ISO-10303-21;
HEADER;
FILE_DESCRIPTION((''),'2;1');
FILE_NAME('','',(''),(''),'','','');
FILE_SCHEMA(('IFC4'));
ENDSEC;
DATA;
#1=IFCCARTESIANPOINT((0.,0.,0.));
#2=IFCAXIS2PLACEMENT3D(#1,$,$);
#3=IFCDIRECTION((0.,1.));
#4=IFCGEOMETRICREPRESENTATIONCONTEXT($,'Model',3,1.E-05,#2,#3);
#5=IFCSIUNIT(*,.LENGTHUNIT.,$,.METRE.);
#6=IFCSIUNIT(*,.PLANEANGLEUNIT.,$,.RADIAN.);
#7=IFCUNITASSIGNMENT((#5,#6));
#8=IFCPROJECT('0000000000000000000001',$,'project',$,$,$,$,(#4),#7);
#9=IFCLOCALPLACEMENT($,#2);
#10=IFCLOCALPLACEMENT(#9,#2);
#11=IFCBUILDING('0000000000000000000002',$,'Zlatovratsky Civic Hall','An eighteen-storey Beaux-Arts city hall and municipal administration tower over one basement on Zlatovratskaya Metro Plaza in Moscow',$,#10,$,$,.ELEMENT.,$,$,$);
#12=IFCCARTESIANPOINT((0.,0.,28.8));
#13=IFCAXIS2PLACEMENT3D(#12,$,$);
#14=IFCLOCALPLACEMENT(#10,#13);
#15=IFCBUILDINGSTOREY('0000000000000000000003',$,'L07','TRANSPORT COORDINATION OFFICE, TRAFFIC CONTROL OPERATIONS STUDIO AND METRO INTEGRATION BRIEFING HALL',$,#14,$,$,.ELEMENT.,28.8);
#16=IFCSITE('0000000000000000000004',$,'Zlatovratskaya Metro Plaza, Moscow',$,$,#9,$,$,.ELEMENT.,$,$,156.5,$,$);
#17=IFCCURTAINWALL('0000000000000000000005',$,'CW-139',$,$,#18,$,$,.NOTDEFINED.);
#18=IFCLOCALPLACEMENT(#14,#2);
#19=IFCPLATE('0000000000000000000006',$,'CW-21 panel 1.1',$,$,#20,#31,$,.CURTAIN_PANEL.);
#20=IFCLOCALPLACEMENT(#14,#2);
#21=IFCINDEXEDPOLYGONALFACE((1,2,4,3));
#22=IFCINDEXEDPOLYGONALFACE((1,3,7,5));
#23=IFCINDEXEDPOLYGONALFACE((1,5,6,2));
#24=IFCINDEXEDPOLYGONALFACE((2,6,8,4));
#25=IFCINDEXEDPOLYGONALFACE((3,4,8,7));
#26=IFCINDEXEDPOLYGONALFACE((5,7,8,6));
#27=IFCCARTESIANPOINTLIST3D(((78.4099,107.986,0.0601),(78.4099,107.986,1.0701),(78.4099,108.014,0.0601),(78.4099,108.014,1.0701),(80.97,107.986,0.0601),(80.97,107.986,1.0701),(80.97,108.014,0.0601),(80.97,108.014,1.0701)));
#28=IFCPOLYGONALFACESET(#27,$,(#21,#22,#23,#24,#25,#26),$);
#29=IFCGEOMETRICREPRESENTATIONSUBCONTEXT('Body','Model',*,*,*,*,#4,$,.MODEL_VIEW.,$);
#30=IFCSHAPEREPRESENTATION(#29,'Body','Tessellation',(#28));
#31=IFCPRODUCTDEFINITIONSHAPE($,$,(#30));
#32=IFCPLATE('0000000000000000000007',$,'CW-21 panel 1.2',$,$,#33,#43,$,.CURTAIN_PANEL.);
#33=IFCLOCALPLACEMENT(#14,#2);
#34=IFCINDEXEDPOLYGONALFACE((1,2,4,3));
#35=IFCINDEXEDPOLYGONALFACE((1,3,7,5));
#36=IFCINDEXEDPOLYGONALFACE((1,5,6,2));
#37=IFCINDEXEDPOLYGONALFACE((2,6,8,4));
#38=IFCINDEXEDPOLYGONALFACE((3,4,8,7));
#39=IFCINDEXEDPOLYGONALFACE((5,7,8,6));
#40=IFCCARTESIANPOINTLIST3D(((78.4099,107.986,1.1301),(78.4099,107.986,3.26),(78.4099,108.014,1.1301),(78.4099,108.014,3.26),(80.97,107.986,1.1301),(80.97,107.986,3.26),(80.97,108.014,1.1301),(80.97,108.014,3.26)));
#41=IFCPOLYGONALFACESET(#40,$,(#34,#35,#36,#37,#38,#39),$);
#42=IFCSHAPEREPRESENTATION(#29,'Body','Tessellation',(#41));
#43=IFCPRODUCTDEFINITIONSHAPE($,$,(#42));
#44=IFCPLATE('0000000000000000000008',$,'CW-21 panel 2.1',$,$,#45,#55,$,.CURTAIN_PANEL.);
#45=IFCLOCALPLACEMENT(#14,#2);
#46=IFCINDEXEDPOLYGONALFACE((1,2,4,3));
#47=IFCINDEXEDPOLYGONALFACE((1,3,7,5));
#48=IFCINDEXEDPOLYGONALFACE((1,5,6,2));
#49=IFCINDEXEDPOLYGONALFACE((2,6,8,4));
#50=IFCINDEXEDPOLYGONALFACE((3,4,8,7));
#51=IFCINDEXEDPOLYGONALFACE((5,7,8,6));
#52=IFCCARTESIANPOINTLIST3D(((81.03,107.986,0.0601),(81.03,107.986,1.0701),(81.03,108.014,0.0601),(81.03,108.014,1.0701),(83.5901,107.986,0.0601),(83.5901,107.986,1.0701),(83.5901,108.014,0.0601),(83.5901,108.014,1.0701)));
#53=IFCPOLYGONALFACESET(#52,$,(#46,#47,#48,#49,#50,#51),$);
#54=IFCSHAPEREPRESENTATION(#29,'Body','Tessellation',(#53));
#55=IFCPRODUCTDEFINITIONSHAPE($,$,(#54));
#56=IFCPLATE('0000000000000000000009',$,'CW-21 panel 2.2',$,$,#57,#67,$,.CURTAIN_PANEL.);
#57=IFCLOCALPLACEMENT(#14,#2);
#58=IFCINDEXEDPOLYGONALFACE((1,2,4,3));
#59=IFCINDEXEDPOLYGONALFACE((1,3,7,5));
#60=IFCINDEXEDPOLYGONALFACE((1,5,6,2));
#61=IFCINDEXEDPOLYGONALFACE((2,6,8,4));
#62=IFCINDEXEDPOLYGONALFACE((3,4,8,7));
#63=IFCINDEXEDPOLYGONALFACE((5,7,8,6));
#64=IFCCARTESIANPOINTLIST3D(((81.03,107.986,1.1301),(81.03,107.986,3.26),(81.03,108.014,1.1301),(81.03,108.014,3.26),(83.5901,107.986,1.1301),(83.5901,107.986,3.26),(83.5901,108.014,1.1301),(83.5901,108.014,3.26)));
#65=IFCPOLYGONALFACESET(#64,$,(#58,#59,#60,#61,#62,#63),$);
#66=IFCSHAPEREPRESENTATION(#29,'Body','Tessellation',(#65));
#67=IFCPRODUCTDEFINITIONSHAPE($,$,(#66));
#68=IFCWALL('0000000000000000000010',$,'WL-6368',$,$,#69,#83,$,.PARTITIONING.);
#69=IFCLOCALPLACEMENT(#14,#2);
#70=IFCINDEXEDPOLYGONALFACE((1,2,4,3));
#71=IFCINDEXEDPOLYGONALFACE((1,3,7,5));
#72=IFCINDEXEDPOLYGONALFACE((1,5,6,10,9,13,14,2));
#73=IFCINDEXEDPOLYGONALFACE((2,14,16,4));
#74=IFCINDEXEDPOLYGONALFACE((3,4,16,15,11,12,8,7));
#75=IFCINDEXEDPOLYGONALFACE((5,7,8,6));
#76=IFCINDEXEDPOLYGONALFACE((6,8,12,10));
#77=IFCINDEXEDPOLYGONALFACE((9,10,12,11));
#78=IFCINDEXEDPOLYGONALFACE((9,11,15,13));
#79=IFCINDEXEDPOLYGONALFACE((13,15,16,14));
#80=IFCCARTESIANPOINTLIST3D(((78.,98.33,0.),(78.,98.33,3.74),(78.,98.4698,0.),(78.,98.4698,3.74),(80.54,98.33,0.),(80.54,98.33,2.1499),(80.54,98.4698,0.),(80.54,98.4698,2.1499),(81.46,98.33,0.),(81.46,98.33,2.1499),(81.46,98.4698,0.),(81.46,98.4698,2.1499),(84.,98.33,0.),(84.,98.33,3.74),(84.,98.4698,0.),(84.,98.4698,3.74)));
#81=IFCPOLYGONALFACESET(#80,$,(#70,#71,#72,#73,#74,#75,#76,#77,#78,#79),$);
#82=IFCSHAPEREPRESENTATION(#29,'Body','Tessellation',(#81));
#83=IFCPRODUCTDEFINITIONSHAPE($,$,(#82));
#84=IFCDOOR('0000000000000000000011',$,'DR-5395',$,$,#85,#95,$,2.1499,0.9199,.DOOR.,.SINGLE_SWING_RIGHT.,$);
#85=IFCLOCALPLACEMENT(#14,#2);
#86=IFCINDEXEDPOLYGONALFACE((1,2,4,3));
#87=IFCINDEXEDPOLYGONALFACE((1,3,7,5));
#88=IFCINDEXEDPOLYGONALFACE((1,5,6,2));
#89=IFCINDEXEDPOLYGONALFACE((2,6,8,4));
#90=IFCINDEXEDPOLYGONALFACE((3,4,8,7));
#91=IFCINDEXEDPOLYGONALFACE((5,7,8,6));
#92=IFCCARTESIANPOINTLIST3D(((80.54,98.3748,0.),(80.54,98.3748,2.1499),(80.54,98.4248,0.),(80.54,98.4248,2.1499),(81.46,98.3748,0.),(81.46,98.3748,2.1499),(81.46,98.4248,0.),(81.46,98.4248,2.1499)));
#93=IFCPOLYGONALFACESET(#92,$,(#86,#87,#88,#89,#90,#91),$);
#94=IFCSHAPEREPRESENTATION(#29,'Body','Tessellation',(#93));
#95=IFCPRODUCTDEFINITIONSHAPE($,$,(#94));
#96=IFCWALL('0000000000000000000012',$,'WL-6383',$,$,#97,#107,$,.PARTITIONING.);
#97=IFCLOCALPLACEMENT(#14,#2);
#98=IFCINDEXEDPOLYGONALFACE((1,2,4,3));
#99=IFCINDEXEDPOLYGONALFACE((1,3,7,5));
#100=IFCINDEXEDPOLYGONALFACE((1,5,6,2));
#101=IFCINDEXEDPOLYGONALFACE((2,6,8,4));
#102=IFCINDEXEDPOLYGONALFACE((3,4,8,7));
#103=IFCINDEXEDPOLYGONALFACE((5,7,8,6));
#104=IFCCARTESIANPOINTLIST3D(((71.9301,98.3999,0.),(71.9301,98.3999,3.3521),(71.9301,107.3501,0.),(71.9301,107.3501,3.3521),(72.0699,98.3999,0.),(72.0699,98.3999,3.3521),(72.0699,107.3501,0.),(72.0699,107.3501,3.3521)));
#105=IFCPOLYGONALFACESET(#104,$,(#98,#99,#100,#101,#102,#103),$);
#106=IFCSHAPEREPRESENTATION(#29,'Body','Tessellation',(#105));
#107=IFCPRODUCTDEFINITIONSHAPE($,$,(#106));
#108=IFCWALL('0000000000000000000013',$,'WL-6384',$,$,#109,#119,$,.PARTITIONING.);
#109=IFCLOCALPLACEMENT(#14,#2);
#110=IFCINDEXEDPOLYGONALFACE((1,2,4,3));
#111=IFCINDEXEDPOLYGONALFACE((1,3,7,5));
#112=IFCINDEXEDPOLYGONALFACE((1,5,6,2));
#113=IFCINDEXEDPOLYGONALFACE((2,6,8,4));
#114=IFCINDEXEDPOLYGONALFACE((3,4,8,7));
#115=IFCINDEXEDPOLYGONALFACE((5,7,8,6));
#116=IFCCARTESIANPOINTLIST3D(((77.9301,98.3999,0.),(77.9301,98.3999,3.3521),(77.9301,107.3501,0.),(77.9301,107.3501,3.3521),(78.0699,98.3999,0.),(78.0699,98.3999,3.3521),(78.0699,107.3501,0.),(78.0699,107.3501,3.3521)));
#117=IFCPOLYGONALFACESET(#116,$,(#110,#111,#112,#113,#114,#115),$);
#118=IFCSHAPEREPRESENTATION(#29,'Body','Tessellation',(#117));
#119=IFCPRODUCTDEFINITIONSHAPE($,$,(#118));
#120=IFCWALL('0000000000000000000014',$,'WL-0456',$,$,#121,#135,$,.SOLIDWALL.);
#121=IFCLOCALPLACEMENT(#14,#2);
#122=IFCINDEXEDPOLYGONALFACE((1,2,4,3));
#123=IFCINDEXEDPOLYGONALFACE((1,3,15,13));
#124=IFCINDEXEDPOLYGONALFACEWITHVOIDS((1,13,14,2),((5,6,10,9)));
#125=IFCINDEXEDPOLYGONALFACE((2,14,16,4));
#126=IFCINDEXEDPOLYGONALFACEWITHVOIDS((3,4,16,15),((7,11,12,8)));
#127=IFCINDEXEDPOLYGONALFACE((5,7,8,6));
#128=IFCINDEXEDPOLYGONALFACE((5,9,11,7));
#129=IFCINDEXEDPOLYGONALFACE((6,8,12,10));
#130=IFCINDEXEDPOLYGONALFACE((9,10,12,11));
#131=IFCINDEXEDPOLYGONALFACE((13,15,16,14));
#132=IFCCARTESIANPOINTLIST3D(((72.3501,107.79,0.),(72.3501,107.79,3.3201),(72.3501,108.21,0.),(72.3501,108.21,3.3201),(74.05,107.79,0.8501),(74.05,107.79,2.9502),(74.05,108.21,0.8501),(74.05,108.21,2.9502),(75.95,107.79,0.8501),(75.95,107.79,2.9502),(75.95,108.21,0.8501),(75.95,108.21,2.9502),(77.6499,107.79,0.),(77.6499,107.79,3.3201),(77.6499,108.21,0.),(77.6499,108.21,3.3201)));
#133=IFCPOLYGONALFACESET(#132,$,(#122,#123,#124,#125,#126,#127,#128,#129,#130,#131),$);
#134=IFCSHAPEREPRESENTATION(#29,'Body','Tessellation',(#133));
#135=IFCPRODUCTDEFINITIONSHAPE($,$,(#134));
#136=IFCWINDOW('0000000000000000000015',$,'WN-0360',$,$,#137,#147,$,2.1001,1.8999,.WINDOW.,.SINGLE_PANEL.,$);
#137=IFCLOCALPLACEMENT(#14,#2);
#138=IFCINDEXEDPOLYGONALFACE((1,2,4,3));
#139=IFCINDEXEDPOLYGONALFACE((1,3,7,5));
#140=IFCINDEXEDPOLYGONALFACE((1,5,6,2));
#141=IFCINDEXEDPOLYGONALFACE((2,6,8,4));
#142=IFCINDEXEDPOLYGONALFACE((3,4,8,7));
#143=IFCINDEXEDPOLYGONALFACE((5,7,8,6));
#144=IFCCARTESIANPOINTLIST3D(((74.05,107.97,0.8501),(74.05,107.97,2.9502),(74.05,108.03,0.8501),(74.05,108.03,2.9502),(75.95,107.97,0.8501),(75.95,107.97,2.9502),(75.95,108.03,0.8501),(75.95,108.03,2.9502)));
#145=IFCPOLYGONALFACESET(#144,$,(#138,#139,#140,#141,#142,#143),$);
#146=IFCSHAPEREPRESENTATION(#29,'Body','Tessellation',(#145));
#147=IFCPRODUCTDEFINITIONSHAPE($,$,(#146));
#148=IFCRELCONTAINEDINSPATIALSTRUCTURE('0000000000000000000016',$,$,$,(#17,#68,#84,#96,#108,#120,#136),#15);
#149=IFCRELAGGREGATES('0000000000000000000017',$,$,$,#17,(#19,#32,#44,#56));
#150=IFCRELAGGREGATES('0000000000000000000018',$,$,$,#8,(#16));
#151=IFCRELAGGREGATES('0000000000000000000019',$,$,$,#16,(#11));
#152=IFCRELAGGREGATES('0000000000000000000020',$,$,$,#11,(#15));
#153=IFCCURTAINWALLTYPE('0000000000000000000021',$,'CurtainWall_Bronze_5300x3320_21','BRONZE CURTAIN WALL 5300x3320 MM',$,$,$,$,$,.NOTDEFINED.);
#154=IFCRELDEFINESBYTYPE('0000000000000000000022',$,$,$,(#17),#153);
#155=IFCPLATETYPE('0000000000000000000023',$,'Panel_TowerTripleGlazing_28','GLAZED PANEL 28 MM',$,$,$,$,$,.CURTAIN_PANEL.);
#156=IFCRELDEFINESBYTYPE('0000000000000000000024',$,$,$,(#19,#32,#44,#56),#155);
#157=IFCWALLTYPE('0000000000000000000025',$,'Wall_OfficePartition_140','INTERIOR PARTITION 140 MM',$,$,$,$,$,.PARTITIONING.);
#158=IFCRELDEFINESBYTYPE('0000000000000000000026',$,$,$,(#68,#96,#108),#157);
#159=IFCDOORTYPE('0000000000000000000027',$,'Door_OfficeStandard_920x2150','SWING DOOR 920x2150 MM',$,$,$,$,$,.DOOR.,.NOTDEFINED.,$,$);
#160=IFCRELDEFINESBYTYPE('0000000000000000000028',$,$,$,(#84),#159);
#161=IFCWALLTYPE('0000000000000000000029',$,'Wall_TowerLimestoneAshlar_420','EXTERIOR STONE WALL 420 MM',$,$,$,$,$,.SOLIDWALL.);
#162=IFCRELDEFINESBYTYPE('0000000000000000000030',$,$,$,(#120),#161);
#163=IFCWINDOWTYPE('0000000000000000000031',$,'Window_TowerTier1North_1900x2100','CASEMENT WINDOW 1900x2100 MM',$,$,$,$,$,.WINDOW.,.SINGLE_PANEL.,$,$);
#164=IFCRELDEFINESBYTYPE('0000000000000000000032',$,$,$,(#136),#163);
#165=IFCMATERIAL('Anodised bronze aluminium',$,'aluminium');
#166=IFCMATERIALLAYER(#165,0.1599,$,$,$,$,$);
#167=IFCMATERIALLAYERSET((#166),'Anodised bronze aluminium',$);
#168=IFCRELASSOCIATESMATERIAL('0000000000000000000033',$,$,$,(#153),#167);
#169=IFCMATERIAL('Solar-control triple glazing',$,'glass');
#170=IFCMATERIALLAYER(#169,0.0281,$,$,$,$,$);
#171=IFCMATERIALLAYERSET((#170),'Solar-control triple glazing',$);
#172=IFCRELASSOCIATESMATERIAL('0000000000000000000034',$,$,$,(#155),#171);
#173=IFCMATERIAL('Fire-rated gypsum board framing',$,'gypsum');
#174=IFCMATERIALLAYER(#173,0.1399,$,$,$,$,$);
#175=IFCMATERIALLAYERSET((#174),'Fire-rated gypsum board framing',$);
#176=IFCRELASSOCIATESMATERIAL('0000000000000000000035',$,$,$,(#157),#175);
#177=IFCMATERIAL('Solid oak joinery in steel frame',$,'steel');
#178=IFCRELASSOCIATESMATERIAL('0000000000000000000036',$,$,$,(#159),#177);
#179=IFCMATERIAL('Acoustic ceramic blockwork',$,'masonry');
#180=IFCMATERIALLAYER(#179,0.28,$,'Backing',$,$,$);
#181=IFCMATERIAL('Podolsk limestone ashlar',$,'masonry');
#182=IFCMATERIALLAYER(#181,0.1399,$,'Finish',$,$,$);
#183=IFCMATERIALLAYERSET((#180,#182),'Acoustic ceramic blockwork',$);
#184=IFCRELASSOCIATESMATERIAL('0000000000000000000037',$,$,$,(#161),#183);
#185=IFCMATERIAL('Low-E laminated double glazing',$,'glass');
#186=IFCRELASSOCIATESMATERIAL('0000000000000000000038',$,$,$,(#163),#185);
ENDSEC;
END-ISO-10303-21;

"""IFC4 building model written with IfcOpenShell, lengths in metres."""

from ifc_helpers import new_model, si_unit, direction, frame, frame_2d, origin, origin_2d, place, context, subcontext, project, spatial, rectangle, extrude, material, layer, layer_set, type_object, element, fill, aggregate, save


model = new_model("IFC4")

# Units and contexts
model_context = context("Model", 3, precision=1e-05, world=origin(), true_north=direction((0.0, 1.0)))
body_context = subcontext(model_context, "Body", "Model", "MODEL_VIEW")
ifc_project = project(units=[si_unit("LENGTHUNIT", "METRE"), si_unit("PLANEANGLEUNIT", "RADIAN")], contexts=[model_context])

# Site, building, storey
site_placement = place(None, origin())
site = spatial("IfcSite", under=ifc_project, at=site_placement, Name="Zlatovratskaya Metro Plaza, Moscow", CompositionType="ELEMENT", RefElevation=156.5)
building_placement = place(site_placement, origin())
building = spatial("IfcBuilding", under=site, at=building_placement, Name="Zlatovratsky Civic Hall", Description="An eighteen-storey Beaux-Arts city hall and municipal administration tower over one basement on Zlatovratskaya Metro Plaza in Moscow", CompositionType="ELEMENT")
storey_placement = place(building_placement, frame((0.0, 0.0, 28.8)))
storey = spatial("IfcBuildingStorey", under=building, at=storey_placement, Name="L07", Description="TRANSPORT COORDINATION OFFICE, TRAFFIC CONTROL OPERATIONS STUDIO AND METRO INTEGRATION BRIEFING HALL", CompositionType="ELEMENT", Elevation=28.8)

# Curtain wall, plates
ifc_material_1 = material(Name="Anodised bronze aluminium", Category="aluminium")
ifc_layer_1 = layer(ifc_material_1, 0.1599)
ifc_layer_set_1 = layer_set([ifc_layer_1], Name="Anodised bronze aluminium")
curtain_wall_type = type_object("IfcCurtainWallType", Name="CurtainWall_Bronze_5300x3320_21", Description="BRONZE CURTAIN WALL 5300x3320 MM", PredefinedType="NOTDEFINED", material=ifc_layer_set_1)
curtain_wall_placement = place(storey_placement, origin())
curtain_wall = element("IfcCurtainWall", 1, at=curtain_wall_placement, inside=storey, type_object=curtain_wall_type, Name="CW-139", PredefinedType="NOTDEFINED")
ifc_material_2 = material(Name="Solar-control triple glazing", Category="glass")
ifc_layer_2 = layer(ifc_material_2, 0.0281)
ifc_layer_set_2 = layer_set([ifc_layer_2], Name="Solar-control triple glazing")
plate_type = type_object("IfcPlateType", Name="Panel_TowerTripleGlazing_28", Description="GLAZED PANEL 28 MM", PredefinedType="CURTAIN_PANEL", material=ifc_layer_set_2)
plate_1_placement = place(storey_placement, frame((79.6899, 108.0, 0.0601), z_axis=(0.0, 0.0, 1.0), x_axis=(1.0, 0.0, 0.0)))
plate_1 = element("IfcPlate", 2, at=plate_1_placement, type_object=plate_type, Name="CW-21 panel 1.1", PredefinedType="CURTAIN_PANEL", context=body_context, shape_type="SweptSolid", body=[
    extrude(rectangle(XDim=2.5601, YDim=0.0281, at=origin_2d()), origin(), (0.0, 0.0, 1.0), 1.01),
])
plate_2_placement = place(storey_placement, frame((79.6899, 108.0, 1.1301), z_axis=(0.0, 0.0, 1.0), x_axis=(1.0, 0.0, 0.0)))
plate_2 = element("IfcPlate", 3, at=plate_2_placement, type_object=plate_type, Name="CW-21 panel 1.2", PredefinedType="CURTAIN_PANEL", context=body_context, shape_type="SweptSolid", body=[
    extrude(rectangle(XDim=2.5601, YDim=0.0281, at=origin_2d()), origin(), (0.0, 0.0, 1.0), 2.1299),
])
plate_3_placement = place(storey_placement, frame((82.3101, 108.0, 0.0601), z_axis=(0.0, 0.0, 1.0), x_axis=(1.0, 0.0, 0.0)))
plate_3 = element("IfcPlate", 4, at=plate_3_placement, type_object=plate_type, Name="CW-21 panel 2.1", PredefinedType="CURTAIN_PANEL", context=body_context, shape_type="SweptSolid", body=[
    extrude(rectangle(XDim=2.5601, YDim=0.0281, at=origin_2d()), origin(), (0.0, 0.0, 1.0), 1.01),
])
plate_4_placement = place(storey_placement, frame((82.3101, 108.0, 1.1301), z_axis=(0.0, 0.0, 1.0), x_axis=(1.0, 0.0, 0.0)))
plate_4 = element("IfcPlate", 5, at=plate_4_placement, type_object=plate_type, Name="CW-21 panel 2.2", PredefinedType="CURTAIN_PANEL", context=body_context, shape_type="SweptSolid", body=[
    extrude(rectangle(XDim=2.5601, YDim=0.0281, at=origin_2d()), origin(), (0.0, 0.0, 1.0), 2.1299),
])
aggregate(curtain_wall, [plate_1, plate_2, plate_3, plate_4])

# Wall, opening, door
ifc_material_3 = material(Name="Fire-rated gypsum board framing", Category="gypsum")
ifc_layer_3 = layer(ifc_material_3, 0.1399)
ifc_layer_set_3 = layer_set([ifc_layer_3], Name="Fire-rated gypsum board framing")
wall_type_1 = type_object("IfcWallType", Name="Wall_OfficePartition_140", Description="INTERIOR PARTITION 140 MM", PredefinedType="PARTITIONING", material=ifc_layer_set_3)
wall_1_placement = place(storey_placement, frame((78.0, 98.3999, 0.0), z_axis=(0.0, 0.0, 1.0), x_axis=(1.0, 0.0, 0.0)))
wall_1 = element("IfcWall", 6, at=wall_1_placement, inside=storey, type_object=wall_type_1, Name="WL-6368", PredefinedType="PARTITIONING", context=body_context, shape_type="SweptSolid", body=[
    extrude(rectangle(XDim=6.0, YDim=0.1399, at=frame_2d((3.0, 0.0))), origin(), (0.0, 0.0, 1.0), 3.74),
])
opening_1_placement = place(wall_1_placement, frame((2.54, 0.0, 0.0)))
opening_1 = element("IfcOpeningElement", 7, at=opening_1_placement, cuts=wall_1, PredefinedType="OPENING", context=body_context, shape_type="SweptSolid", body=[
    extrude(rectangle(XDim=0.9199, YDim=2.1499, at=frame_2d((0.46, 1.075))), frame((0.0, 0.085, 0.0), z_axis=(0.0, -1.0, 0.0), x_axis=(1.0, 0.0, 0.0)), (0.0, 0.0, 1.0), 0.1697),
])
ifc_material_4 = material(Name="Solid oak joinery in steel frame", Category="steel")
door_type = type_object("IfcDoorType", Name="Door_OfficeStandard_920x2150", Description="SWING DOOR 920x2150 MM", OperationType="NOTDEFINED", PredefinedType="DOOR", material=ifc_material_4)
door_placement = place(opening_1_placement, origin())
door = element("IfcDoor", 8, at=door_placement, inside=storey, type_object=door_type, Name="DR-5395", OperationType="SINGLE_SWING_RIGHT", OverallHeight=2.1499, OverallWidth=0.9199, PredefinedType="DOOR", context=body_context, shape_type="SweptSolid", body=[
    extrude(rectangle(XDim=0.9199, YDim=2.1499, at=frame_2d((0.46, 1.075))), frame((0.0, 0.0249, 0.0), z_axis=(0.0, -1.0, 0.0), x_axis=(1.0, 0.0, 0.0)), (0.0, 0.0, 1.0), 0.05),
])
fill(opening_1, door)

# Walls
for number, where, z_axis, x_axis, name in (
    (9, (72.0, 98.3999, 0.0), (0.0, 0.0, 1.0), (0.0, 1.0, 0.0), "WL-6383"),
    (10, (78.0, 98.3999, 0.0), (0.0, 0.0, 1.0), (0.0, 1.0, 0.0), "WL-6384"),
):
    element("IfcWall", number, at=place(storey_placement, frame(where, z_axis=z_axis, x_axis=x_axis)), inside=storey, type_object=wall_type_1, Name=name, PredefinedType="PARTITIONING", context=body_context, shape_type="SweptSolid", body=[
        extrude(rectangle(XDim=8.9502, YDim=0.1399, at=frame_2d((4.4751, 0.0))), origin(), (0.0, 0.0, 1.0), 3.3521),
    ])

# Wall, opening, window
ifc_material_5 = material(Name="Acoustic ceramic blockwork", Category="masonry")
ifc_layer_4 = layer(ifc_material_5, 0.28, Name="Backing")
ifc_material_6 = material(Name="Podolsk limestone ashlar", Category="masonry")
ifc_layer_5 = layer(ifc_material_6, 0.1399, Name="Finish")
ifc_layer_set_4 = layer_set([ifc_layer_4, ifc_layer_5], Name="Acoustic ceramic blockwork")
wall_type_2 = type_object("IfcWallType", Name="Wall_TowerLimestoneAshlar_420", Description="EXTERIOR STONE WALL 420 MM", PredefinedType="SOLIDWALL", material=ifc_layer_set_4)
wall_2_placement = place(storey_placement, frame((72.3501, 108.0, 0.0), z_axis=(0.0, 0.0, 1.0), x_axis=(1.0, 0.0, 0.0)))
wall_2 = element("IfcWall", 11, at=wall_2_placement, inside=storey, type_object=wall_type_2, Name="WL-0456", PredefinedType="SOLIDWALL", context=body_context, shape_type="SweptSolid", body=[
    extrude(rectangle(XDim=5.2998, YDim=0.4199, at=frame_2d((2.6499, 0.0))), origin(), (0.0, 0.0, 1.0), 3.3201),
])
opening_2_placement = place(wall_2_placement, frame((1.7, 0.0, 0.8501)))
opening_2 = element("IfcOpeningElement", 12, at=opening_2_placement, cuts=wall_2, PredefinedType="OPENING", context=body_context, shape_type="SweptSolid", body=[
    extrude(rectangle(XDim=1.8999, YDim=2.1001, at=frame_2d((0.95, 1.05))), frame((0.0, 0.2249, 0.0), z_axis=(0.0, -1.0, 0.0), x_axis=(1.0, 0.0, 0.0)), (0.0, 0.0, 1.0), 0.4497),
])
ifc_material_7 = material(Name="Low-E laminated double glazing", Category="glass")
window_type = type_object("IfcWindowType", Name="Window_TowerTier1North_1900x2100", Description="CASEMENT WINDOW 1900x2100 MM", PartitioningType="SINGLE_PANEL", PredefinedType="WINDOW", material=ifc_material_7)
window_placement = place(opening_2_placement, origin())
window = element("IfcWindow", 13, at=window_placement, inside=storey, type_object=window_type, Name="WN-0360", OverallHeight=2.1001, OverallWidth=1.8999, PartitioningType="SINGLE_PANEL", PredefinedType="WINDOW", context=body_context, shape_type="SweptSolid", body=[
    extrude(rectangle(XDim=1.8999, YDim=2.1001, at=frame_2d((0.95, 1.05))), frame((0.0, 0.03, 0.0), z_axis=(0.0, -1.0, 0.0), x_axis=(1.0, 0.0, 0.0)), (0.0, 0.0, 1.0), 0.0601),
])
fill(opening_2, window)

save(model, "model.ifc")
